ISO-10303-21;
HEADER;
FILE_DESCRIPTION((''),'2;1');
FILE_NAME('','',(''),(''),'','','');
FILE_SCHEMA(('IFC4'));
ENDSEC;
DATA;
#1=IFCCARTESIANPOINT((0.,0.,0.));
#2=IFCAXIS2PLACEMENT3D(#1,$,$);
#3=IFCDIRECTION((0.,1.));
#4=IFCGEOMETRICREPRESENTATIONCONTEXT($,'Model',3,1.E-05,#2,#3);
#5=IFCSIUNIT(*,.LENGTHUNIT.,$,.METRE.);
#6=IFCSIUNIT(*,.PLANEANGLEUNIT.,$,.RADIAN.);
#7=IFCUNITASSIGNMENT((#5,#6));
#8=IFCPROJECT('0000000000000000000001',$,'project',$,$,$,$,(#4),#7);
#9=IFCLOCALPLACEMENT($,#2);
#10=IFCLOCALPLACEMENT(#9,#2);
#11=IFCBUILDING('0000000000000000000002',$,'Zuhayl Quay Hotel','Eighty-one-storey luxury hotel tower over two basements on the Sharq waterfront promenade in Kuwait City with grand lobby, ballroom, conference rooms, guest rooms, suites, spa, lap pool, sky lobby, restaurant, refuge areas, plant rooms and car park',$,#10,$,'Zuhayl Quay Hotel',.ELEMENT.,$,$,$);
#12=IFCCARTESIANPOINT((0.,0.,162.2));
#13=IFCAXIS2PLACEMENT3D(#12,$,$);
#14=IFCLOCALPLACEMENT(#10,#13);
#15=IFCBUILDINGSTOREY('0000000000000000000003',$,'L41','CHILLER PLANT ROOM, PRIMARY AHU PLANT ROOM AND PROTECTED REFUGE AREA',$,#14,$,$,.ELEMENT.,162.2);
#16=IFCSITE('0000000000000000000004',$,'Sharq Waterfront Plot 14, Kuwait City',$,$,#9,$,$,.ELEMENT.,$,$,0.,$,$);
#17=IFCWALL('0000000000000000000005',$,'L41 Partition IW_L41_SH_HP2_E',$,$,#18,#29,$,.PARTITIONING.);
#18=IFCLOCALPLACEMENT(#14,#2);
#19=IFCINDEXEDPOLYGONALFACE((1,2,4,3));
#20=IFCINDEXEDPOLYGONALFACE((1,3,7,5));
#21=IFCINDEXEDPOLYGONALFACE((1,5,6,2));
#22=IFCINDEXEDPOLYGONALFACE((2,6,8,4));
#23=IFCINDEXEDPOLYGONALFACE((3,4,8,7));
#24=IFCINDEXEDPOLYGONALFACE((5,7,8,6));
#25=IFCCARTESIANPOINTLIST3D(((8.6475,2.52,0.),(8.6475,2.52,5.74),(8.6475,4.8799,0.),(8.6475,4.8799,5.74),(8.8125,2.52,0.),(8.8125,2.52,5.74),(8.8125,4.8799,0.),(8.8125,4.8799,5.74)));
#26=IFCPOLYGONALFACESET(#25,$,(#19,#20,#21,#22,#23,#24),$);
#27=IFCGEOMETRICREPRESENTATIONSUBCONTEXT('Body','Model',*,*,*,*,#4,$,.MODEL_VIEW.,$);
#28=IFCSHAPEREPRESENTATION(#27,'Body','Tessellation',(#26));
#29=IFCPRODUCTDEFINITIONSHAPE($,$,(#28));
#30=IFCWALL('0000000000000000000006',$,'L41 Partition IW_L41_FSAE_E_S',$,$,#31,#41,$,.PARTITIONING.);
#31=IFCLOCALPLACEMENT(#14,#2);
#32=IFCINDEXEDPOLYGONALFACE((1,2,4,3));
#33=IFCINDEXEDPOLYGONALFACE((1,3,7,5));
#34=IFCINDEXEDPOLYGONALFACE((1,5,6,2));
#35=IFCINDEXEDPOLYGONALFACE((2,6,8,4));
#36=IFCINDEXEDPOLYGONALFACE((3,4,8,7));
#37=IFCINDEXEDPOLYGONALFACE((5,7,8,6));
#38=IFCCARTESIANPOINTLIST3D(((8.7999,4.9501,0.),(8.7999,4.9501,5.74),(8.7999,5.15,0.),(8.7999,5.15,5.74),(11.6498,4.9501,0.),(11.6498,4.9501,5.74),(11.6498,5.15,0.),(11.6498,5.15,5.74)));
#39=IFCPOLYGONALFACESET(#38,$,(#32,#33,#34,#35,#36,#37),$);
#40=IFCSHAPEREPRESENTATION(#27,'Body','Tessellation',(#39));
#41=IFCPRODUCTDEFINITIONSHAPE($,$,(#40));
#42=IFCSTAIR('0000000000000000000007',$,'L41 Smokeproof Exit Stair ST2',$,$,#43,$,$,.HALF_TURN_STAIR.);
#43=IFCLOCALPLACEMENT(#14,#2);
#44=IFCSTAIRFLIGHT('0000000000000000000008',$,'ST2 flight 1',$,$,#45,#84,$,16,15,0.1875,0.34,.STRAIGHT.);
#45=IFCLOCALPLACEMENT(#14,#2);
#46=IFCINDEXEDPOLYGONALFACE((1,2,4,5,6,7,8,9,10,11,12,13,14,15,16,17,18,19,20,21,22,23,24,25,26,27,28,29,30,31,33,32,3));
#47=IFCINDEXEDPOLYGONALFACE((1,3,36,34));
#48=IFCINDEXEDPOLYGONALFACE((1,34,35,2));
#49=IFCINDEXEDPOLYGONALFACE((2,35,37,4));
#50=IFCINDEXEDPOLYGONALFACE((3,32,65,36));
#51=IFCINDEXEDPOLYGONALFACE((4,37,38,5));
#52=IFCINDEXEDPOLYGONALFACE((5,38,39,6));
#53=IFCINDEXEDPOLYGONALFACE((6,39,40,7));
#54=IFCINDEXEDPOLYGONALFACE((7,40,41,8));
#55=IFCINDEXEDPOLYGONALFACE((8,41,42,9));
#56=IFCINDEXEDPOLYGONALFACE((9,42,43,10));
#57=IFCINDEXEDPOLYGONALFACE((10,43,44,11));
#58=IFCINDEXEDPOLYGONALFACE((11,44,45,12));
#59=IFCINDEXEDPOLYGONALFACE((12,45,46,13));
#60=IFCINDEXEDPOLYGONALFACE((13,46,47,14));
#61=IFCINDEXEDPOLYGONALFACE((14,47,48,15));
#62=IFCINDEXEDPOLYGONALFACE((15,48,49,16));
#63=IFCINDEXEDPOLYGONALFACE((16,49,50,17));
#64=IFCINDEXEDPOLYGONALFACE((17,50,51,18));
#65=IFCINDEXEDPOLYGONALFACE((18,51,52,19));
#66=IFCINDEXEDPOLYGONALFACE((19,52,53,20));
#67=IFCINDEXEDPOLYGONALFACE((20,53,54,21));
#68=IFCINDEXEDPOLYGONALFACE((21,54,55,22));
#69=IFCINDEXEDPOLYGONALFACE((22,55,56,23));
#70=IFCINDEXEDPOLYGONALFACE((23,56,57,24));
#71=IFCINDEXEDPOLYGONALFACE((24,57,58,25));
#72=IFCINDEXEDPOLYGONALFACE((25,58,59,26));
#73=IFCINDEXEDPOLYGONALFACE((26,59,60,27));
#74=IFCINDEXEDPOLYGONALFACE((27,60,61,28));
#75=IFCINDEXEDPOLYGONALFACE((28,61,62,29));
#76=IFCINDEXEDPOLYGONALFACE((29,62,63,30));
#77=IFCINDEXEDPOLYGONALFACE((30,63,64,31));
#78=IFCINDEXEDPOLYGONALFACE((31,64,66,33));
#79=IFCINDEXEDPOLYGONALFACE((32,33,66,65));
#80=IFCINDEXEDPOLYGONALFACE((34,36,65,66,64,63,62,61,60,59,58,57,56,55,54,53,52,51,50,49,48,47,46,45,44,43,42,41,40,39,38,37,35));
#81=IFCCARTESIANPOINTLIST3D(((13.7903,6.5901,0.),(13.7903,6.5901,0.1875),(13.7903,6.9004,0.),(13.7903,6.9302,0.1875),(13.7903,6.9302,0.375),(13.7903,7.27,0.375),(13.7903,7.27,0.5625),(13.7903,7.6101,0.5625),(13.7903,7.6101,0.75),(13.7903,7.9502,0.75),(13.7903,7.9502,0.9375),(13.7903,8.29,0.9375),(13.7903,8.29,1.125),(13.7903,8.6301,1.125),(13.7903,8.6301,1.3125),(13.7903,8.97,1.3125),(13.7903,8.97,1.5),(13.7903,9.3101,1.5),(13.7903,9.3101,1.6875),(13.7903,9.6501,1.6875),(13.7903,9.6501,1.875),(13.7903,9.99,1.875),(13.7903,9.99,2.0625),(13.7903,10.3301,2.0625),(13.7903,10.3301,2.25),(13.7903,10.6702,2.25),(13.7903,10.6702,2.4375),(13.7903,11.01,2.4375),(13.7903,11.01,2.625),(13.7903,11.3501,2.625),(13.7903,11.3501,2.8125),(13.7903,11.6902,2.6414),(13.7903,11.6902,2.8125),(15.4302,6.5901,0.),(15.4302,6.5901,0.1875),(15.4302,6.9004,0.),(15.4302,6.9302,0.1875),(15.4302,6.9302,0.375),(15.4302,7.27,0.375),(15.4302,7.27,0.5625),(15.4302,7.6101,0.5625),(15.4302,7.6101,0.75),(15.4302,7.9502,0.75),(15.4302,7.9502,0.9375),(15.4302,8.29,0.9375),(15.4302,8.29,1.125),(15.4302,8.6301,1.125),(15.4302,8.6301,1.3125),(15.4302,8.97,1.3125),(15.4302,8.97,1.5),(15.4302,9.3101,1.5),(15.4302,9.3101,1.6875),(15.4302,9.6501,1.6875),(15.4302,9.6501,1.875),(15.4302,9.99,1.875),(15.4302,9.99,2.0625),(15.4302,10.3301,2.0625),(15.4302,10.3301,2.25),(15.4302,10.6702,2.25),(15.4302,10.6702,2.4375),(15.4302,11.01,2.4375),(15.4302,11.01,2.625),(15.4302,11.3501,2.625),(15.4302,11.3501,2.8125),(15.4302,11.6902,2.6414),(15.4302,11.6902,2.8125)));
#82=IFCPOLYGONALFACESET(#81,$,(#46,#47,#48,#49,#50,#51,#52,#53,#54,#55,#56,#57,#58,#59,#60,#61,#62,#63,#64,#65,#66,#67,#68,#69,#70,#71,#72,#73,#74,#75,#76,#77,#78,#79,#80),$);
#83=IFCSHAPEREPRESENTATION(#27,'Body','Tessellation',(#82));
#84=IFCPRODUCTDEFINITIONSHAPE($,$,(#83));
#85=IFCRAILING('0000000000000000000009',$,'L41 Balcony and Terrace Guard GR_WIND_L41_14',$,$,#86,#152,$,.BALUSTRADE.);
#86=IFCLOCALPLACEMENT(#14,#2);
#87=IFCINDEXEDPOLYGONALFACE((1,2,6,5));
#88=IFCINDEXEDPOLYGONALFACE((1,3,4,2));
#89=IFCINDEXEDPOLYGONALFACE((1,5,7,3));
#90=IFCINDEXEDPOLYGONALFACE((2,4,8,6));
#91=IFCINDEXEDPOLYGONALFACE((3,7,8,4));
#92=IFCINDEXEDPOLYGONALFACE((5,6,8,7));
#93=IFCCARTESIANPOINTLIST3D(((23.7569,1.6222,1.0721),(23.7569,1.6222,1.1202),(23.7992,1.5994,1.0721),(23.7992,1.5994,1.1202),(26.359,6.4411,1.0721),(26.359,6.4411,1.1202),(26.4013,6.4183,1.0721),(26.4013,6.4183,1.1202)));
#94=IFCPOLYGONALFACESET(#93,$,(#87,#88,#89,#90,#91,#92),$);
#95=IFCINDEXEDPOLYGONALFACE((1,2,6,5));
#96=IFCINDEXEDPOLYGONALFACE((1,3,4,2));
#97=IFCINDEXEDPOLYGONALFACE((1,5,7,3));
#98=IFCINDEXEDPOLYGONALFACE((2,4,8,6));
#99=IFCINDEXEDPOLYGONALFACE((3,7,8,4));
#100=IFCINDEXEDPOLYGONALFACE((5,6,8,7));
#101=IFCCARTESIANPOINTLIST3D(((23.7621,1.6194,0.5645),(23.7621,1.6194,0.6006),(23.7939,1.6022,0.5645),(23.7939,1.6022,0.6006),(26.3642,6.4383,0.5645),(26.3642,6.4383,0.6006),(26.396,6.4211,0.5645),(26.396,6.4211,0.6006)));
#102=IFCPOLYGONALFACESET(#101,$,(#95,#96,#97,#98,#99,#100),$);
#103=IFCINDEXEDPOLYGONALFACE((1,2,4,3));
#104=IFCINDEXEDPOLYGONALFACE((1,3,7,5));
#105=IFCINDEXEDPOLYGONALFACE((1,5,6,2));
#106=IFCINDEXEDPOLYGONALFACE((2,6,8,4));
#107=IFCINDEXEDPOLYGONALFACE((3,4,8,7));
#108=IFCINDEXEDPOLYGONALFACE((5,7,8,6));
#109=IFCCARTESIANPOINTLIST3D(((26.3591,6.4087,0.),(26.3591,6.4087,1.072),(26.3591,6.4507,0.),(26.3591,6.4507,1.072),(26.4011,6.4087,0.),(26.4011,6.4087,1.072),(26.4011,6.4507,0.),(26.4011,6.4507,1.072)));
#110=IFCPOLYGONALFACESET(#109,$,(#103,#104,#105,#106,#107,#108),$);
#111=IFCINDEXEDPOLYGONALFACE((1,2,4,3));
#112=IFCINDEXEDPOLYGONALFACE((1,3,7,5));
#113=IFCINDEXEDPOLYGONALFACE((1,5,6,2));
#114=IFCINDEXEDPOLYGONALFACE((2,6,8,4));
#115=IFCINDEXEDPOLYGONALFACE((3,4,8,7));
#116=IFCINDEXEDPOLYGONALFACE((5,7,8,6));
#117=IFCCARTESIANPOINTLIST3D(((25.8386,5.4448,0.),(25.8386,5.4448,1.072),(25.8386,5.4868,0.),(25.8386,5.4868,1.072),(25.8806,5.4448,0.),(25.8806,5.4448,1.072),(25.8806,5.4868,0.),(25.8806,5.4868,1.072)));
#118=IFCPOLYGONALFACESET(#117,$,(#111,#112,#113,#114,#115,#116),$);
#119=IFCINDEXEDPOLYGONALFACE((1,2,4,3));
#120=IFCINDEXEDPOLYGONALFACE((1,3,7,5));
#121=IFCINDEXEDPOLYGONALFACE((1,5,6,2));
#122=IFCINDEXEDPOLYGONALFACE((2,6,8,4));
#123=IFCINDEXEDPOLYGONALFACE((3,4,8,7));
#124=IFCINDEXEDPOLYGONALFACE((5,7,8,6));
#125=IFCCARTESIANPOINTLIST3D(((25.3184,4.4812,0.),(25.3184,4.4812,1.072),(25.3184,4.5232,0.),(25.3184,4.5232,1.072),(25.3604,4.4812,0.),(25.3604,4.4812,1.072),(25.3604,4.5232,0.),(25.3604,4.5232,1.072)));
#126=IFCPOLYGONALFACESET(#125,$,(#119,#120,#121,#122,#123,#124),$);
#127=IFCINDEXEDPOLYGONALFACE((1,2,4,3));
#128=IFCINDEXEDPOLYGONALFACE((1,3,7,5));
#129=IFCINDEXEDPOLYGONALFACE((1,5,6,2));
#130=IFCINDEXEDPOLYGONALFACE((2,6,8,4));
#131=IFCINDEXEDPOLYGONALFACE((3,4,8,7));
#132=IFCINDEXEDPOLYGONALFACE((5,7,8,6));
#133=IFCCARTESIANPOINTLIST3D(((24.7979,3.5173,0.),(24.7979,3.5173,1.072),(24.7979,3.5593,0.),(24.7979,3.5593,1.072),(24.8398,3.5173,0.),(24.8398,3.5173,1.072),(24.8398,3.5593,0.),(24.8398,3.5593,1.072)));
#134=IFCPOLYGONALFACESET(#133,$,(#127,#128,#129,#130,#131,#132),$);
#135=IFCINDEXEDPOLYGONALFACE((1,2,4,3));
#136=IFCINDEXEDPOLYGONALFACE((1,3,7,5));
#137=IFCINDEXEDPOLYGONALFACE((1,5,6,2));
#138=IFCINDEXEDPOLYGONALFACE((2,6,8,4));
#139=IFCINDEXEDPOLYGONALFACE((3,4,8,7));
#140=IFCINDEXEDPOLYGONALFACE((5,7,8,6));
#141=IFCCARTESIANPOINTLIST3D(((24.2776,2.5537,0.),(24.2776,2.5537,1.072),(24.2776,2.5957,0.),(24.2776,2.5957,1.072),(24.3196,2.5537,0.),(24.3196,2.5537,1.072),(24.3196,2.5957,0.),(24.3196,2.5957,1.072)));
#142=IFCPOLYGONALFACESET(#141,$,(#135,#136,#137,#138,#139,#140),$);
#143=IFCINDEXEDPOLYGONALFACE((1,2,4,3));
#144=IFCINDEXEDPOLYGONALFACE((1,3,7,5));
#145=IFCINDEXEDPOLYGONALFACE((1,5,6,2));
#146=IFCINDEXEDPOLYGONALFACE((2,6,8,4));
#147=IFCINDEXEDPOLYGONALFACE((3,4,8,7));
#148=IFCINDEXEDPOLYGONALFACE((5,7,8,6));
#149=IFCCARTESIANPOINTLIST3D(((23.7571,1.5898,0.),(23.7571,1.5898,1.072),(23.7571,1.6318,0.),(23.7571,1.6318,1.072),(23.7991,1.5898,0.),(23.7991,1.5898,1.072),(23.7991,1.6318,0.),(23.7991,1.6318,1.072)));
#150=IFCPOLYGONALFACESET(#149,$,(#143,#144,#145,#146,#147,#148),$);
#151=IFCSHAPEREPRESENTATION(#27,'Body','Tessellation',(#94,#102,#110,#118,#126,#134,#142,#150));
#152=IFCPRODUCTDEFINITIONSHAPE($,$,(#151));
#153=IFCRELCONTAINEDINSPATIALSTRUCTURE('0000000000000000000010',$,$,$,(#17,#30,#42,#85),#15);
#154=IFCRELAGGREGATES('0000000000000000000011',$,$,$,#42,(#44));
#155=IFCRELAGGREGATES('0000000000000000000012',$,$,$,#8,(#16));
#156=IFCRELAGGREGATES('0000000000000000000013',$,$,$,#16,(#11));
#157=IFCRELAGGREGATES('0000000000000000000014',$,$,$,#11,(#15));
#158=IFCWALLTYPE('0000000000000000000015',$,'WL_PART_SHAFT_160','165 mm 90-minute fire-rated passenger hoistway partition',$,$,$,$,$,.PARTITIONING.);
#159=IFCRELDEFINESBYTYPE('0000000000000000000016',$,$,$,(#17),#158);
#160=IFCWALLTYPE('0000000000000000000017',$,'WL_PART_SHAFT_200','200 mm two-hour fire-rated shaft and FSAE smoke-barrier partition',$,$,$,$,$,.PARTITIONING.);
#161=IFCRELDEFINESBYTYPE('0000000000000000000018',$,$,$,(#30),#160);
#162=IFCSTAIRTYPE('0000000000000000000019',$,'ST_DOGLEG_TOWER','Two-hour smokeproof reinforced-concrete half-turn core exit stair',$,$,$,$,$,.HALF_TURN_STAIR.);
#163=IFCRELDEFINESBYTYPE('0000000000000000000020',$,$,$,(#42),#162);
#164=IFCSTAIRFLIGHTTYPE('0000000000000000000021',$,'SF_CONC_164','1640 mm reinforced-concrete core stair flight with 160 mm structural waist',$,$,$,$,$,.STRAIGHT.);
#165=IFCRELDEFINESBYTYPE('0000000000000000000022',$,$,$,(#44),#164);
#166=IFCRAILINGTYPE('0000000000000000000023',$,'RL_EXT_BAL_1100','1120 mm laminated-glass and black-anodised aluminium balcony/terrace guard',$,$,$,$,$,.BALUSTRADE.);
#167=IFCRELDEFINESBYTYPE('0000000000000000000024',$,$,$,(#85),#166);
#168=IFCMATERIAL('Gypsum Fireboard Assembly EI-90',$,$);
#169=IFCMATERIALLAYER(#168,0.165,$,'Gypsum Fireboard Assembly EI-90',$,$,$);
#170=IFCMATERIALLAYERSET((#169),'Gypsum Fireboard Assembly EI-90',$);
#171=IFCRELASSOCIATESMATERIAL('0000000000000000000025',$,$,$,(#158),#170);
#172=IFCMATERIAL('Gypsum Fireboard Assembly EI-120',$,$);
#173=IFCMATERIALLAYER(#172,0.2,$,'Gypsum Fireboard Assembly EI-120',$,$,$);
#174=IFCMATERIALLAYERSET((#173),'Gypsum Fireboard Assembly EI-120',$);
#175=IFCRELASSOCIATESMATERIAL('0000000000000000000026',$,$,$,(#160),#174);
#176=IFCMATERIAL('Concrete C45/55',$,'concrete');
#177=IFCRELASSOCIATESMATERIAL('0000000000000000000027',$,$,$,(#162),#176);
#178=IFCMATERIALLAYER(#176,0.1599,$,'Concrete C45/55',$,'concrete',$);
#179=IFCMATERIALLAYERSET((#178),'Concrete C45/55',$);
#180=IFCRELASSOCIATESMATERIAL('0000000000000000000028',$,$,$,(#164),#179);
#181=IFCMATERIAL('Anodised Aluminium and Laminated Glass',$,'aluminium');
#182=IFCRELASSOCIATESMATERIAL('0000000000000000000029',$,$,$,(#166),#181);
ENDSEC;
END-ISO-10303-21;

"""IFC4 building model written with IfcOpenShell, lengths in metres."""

from ifc_helpers import new_model, si_unit, direction, frame, frame_2d, origin, origin_2d, place, context, subcontext, project, spatial, polyline, rectangle, outline, extrude, material, layer, layer_set, type_object, element, aggregate, save


model = new_model("IFC4")

# Units and contexts
model_context = context("Model", 3, precision=1e-05, world=origin(), true_north=direction((0.0, 1.0)))
body_context = subcontext(model_context, "Body", "Model", "MODEL_VIEW")
ifc_project = project(units=[si_unit("LENGTHUNIT", "METRE"), si_unit("PLANEANGLEUNIT", "RADIAN")], contexts=[model_context])

# Site, building, storey
site_placement = place(None, origin())
site = spatial("IfcSite", under=ifc_project, at=site_placement, Name="Sharq Waterfront Plot 14, Kuwait City", CompositionType="ELEMENT", RefElevation=0.0)
building_placement = place(site_placement, origin())
building = spatial("IfcBuilding", under=site, at=building_placement, Name="Zuhayl Quay Hotel", Description="Eighty-one-storey luxury hotel tower over two basements on the Sharq waterfront promenade in Kuwait City with grand lobby, ballroom, conference rooms, guest rooms, suites, spa, lap pool, sky lobby, restaurant, refuge areas, plant rooms and car park", LongName="Zuhayl Quay Hotel", CompositionType="ELEMENT")
storey_placement = place(building_placement, frame((0.0, 0.0, 162.2)))
storey = spatial("IfcBuildingStorey", under=building, at=storey_placement, Name="L41", Description="CHILLER PLANT ROOM, PRIMARY AHU PLANT ROOM AND PROTECTED REFUGE AREA", CompositionType="ELEMENT", Elevation=162.2)

# Walls
ifc_material_1 = material(Name="Gypsum Fireboard Assembly EI-90")
ifc_layer_1 = layer(ifc_material_1, 0.165, Name="Gypsum Fireboard Assembly EI-90")
ifc_layer_set_1 = layer_set([ifc_layer_1], Name="Gypsum Fireboard Assembly EI-90")
wall_type_1 = type_object("IfcWallType", Name="WL_PART_SHAFT_160", Description="165 mm 90-minute fire-rated passenger hoistway partition", PredefinedType="PARTITIONING", material=ifc_layer_set_1)
wall_1_placement = place(storey_placement, frame((8.73, 2.52, 0.0), z_axis=(0.0, 0.0, 1.0), x_axis=(0.0, 1.0, 0.0)))
element("IfcWall", 1, at=wall_1_placement, inside=storey, type_object=wall_type_1, Name="L41 Partition IW_L41_SH_HP2_E", PredefinedType="PARTITIONING", context=body_context, shape_type="SweptSolid", body=[
    extrude(rectangle(XDim=2.3599, YDim=0.165, at=frame_2d((1.1799, 0.0))), origin(), (0.0, 0.0, 1.0), 5.74),
])
ifc_material_2 = material(Name="Gypsum Fireboard Assembly EI-120")
ifc_layer_2 = layer(ifc_material_2, 0.2, Name="Gypsum Fireboard Assembly EI-120")
ifc_layer_set_2 = layer_set([ifc_layer_2], Name="Gypsum Fireboard Assembly EI-120")
wall_type_2 = type_object("IfcWallType", Name="WL_PART_SHAFT_200", Description="200 mm two-hour fire-rated shaft and FSAE smoke-barrier partition", PredefinedType="PARTITIONING", material=ifc_layer_set_2)
wall_2_placement = place(storey_placement, frame((8.8, 5.05, 0.0), z_axis=(0.0, 0.0, 1.0), x_axis=(1.0, 0.0, 0.0)))
element("IfcWall", 2, at=wall_2_placement, inside=storey, type_object=wall_type_2, Name="L41 Partition IW_L41_FSAE_E_S", PredefinedType="PARTITIONING", context=body_context, shape_type="SweptSolid", body=[
    extrude(rectangle(XDim=2.8499, YDim=0.2, at=frame_2d((1.4248, 0.0))), origin(), (0.0, 0.0, 1.0), 5.74),
])

# Stair, stair flight
ifc_material_3 = material(Name="Concrete C45/55", Category="concrete")
stair_type = type_object("IfcStairType", Name="ST_DOGLEG_TOWER", Description="Two-hour smokeproof reinforced-concrete half-turn core exit stair", PredefinedType="HALF_TURN_STAIR", material=ifc_material_3)
stair_placement = place(storey_placement, origin())
stair = element("IfcStair", 3, at=stair_placement, inside=storey, type_object=stair_type, Name="L41 Smokeproof Exit Stair ST2", PredefinedType="HALF_TURN_STAIR")
ifc_layer_3 = layer(ifc_material_3, 0.1599, Name="Concrete C45/55", Category="concrete")
ifc_layer_set_3 = layer_set([ifc_layer_3], Name="Concrete C45/55")
stair_flight_type = type_object("IfcStairFlightType", Name="SF_CONC_164", Description="1640 mm reinforced-concrete core stair flight with 160 mm structural waist", PredefinedType="STRAIGHT", material=ifc_layer_set_3)
stair_flight_placement = place(storey_placement, frame((14.6101, 6.5901, 0.0), z_axis=(0.0, 0.0, 1.0), x_axis=(0.0, 1.0, 0.0)))
stair_flight = element("IfcStairFlight", 4, at=stair_flight_placement, type_object=stair_flight_type, Name="ST2 flight 1", NumberOfRisers=16, NumberOfTreads=15, PredefinedType="STRAIGHT", RiserHeight=0.1875, TreadLength=0.34, context=body_context, shape_type="SweptSolid", body=[
    extrude(outline(polyline([(0.0, 0.0), (0.0, 0.1875), (0.3401, 0.1875), (0.3401, 0.375), (0.6799, 0.375), (0.6799, 0.5625), (1.02, 0.5625), (1.02, 0.75), (1.3601, 0.75), (1.3601, 0.9375), (1.7, 0.9375), (1.7, 1.125), (2.04, 1.125), (2.04, 1.3125), (2.3799, 1.3125), (2.3799, 1.5), (2.72, 1.5), (2.72, 1.6875), (3.0601, 1.6875), (3.0601, 1.875), (3.3999, 1.875), (3.3999, 2.0625), (3.74, 2.0625), (3.74, 2.25), (4.0801, 2.25), (4.0801, 2.4375), (4.4199, 2.4375), (4.4199, 2.625), (4.76, 2.625), (4.76, 2.8125), (5.1001, 2.8125), (5.1001, 3.0), (5.1001, 2.6414), (0.3103, 0.0), (0.0, 0.0)])), frame((0.0, 0.8198, 0.0), z_axis=(0.0, -1.0, 0.0), x_axis=(1.0, 0.0, 0.0)), (0.0, 0.0, 1.0), 1.6399),
])
aggregate(stair, [stair_flight])

# Railing
ifc_material_4 = material(Name="Anodised Aluminium and Laminated Glass", Category="aluminium")
railing_type_1 = type_object("IfcRailingType", Name="RL_EXT_BAL_1100", Description="1120 mm laminated-glass and black-anodised aluminium balcony/terrace guard", PredefinedType="BALUSTRADE", material=ifc_material_4)
railing_1_placement = place(storey_placement, frame((26.3801, 6.4297, 0.0)))
element("IfcRailing", 5, at=railing_1_placement, inside=storey, type_object=railing_type_1, Name="L41 Balcony and Terrace Guard GR_WIND_L41_14", PredefinedType="BALUSTRADE", context=body_context, shape_type="SweptSolid", body=[
    extrude(rectangle(XDim=0.0481, YDim=0.0481, at=origin_2d()), frame((0.0, 0.0, 1.0962), z_axis=(-0.475131, -0.879915, 0.0), x_axis=(0.879915, -0.475131, 0.0)), (0.0, 0.0, 1.0), 5.4766),
    extrude(rectangle(XDim=0.0361, YDim=0.0361, at=origin_2d()), frame((0.0, 0.0, 0.5825), z_axis=(-0.475131, -0.879915, 0.0), x_axis=(0.879915, -0.475131, 0.0)), (0.0, 0.0, 1.0), 5.4766),
    extrude(rectangle(XDim=0.042, YDim=0.042, at=origin_2d()), origin(), (0.0, 0.0, 1.0), 1.072),
    extrude(rectangle(XDim=0.042, YDim=0.042, at=origin_2d()), frame((-0.5205, -0.9639, 0.0)), (0.0, 0.0, 1.0), 1.072),
    extrude(rectangle(XDim=0.042, YDim=0.042, at=origin_2d()), frame((-1.0408, -1.9275, 0.0)), (0.0, 0.0, 1.0), 1.072),
    extrude(rectangle(XDim=0.042, YDim=0.042, at=origin_2d()), frame((-1.5613, -2.8914, 0.0)), (0.0, 0.0, 1.0), 1.072),
    extrude(rectangle(XDim=0.042, YDim=0.042, at=origin_2d()), frame((-2.0815, -3.855, 0.0)), (0.0, 0.0, 1.0), 1.072),
    extrude(rectangle(XDim=0.042, YDim=0.042, at=origin_2d()), frame((-2.6021, -4.8188, 0.0)), (0.0, 0.0, 1.0), 1.072),
])

save(model, "model.ifc")
